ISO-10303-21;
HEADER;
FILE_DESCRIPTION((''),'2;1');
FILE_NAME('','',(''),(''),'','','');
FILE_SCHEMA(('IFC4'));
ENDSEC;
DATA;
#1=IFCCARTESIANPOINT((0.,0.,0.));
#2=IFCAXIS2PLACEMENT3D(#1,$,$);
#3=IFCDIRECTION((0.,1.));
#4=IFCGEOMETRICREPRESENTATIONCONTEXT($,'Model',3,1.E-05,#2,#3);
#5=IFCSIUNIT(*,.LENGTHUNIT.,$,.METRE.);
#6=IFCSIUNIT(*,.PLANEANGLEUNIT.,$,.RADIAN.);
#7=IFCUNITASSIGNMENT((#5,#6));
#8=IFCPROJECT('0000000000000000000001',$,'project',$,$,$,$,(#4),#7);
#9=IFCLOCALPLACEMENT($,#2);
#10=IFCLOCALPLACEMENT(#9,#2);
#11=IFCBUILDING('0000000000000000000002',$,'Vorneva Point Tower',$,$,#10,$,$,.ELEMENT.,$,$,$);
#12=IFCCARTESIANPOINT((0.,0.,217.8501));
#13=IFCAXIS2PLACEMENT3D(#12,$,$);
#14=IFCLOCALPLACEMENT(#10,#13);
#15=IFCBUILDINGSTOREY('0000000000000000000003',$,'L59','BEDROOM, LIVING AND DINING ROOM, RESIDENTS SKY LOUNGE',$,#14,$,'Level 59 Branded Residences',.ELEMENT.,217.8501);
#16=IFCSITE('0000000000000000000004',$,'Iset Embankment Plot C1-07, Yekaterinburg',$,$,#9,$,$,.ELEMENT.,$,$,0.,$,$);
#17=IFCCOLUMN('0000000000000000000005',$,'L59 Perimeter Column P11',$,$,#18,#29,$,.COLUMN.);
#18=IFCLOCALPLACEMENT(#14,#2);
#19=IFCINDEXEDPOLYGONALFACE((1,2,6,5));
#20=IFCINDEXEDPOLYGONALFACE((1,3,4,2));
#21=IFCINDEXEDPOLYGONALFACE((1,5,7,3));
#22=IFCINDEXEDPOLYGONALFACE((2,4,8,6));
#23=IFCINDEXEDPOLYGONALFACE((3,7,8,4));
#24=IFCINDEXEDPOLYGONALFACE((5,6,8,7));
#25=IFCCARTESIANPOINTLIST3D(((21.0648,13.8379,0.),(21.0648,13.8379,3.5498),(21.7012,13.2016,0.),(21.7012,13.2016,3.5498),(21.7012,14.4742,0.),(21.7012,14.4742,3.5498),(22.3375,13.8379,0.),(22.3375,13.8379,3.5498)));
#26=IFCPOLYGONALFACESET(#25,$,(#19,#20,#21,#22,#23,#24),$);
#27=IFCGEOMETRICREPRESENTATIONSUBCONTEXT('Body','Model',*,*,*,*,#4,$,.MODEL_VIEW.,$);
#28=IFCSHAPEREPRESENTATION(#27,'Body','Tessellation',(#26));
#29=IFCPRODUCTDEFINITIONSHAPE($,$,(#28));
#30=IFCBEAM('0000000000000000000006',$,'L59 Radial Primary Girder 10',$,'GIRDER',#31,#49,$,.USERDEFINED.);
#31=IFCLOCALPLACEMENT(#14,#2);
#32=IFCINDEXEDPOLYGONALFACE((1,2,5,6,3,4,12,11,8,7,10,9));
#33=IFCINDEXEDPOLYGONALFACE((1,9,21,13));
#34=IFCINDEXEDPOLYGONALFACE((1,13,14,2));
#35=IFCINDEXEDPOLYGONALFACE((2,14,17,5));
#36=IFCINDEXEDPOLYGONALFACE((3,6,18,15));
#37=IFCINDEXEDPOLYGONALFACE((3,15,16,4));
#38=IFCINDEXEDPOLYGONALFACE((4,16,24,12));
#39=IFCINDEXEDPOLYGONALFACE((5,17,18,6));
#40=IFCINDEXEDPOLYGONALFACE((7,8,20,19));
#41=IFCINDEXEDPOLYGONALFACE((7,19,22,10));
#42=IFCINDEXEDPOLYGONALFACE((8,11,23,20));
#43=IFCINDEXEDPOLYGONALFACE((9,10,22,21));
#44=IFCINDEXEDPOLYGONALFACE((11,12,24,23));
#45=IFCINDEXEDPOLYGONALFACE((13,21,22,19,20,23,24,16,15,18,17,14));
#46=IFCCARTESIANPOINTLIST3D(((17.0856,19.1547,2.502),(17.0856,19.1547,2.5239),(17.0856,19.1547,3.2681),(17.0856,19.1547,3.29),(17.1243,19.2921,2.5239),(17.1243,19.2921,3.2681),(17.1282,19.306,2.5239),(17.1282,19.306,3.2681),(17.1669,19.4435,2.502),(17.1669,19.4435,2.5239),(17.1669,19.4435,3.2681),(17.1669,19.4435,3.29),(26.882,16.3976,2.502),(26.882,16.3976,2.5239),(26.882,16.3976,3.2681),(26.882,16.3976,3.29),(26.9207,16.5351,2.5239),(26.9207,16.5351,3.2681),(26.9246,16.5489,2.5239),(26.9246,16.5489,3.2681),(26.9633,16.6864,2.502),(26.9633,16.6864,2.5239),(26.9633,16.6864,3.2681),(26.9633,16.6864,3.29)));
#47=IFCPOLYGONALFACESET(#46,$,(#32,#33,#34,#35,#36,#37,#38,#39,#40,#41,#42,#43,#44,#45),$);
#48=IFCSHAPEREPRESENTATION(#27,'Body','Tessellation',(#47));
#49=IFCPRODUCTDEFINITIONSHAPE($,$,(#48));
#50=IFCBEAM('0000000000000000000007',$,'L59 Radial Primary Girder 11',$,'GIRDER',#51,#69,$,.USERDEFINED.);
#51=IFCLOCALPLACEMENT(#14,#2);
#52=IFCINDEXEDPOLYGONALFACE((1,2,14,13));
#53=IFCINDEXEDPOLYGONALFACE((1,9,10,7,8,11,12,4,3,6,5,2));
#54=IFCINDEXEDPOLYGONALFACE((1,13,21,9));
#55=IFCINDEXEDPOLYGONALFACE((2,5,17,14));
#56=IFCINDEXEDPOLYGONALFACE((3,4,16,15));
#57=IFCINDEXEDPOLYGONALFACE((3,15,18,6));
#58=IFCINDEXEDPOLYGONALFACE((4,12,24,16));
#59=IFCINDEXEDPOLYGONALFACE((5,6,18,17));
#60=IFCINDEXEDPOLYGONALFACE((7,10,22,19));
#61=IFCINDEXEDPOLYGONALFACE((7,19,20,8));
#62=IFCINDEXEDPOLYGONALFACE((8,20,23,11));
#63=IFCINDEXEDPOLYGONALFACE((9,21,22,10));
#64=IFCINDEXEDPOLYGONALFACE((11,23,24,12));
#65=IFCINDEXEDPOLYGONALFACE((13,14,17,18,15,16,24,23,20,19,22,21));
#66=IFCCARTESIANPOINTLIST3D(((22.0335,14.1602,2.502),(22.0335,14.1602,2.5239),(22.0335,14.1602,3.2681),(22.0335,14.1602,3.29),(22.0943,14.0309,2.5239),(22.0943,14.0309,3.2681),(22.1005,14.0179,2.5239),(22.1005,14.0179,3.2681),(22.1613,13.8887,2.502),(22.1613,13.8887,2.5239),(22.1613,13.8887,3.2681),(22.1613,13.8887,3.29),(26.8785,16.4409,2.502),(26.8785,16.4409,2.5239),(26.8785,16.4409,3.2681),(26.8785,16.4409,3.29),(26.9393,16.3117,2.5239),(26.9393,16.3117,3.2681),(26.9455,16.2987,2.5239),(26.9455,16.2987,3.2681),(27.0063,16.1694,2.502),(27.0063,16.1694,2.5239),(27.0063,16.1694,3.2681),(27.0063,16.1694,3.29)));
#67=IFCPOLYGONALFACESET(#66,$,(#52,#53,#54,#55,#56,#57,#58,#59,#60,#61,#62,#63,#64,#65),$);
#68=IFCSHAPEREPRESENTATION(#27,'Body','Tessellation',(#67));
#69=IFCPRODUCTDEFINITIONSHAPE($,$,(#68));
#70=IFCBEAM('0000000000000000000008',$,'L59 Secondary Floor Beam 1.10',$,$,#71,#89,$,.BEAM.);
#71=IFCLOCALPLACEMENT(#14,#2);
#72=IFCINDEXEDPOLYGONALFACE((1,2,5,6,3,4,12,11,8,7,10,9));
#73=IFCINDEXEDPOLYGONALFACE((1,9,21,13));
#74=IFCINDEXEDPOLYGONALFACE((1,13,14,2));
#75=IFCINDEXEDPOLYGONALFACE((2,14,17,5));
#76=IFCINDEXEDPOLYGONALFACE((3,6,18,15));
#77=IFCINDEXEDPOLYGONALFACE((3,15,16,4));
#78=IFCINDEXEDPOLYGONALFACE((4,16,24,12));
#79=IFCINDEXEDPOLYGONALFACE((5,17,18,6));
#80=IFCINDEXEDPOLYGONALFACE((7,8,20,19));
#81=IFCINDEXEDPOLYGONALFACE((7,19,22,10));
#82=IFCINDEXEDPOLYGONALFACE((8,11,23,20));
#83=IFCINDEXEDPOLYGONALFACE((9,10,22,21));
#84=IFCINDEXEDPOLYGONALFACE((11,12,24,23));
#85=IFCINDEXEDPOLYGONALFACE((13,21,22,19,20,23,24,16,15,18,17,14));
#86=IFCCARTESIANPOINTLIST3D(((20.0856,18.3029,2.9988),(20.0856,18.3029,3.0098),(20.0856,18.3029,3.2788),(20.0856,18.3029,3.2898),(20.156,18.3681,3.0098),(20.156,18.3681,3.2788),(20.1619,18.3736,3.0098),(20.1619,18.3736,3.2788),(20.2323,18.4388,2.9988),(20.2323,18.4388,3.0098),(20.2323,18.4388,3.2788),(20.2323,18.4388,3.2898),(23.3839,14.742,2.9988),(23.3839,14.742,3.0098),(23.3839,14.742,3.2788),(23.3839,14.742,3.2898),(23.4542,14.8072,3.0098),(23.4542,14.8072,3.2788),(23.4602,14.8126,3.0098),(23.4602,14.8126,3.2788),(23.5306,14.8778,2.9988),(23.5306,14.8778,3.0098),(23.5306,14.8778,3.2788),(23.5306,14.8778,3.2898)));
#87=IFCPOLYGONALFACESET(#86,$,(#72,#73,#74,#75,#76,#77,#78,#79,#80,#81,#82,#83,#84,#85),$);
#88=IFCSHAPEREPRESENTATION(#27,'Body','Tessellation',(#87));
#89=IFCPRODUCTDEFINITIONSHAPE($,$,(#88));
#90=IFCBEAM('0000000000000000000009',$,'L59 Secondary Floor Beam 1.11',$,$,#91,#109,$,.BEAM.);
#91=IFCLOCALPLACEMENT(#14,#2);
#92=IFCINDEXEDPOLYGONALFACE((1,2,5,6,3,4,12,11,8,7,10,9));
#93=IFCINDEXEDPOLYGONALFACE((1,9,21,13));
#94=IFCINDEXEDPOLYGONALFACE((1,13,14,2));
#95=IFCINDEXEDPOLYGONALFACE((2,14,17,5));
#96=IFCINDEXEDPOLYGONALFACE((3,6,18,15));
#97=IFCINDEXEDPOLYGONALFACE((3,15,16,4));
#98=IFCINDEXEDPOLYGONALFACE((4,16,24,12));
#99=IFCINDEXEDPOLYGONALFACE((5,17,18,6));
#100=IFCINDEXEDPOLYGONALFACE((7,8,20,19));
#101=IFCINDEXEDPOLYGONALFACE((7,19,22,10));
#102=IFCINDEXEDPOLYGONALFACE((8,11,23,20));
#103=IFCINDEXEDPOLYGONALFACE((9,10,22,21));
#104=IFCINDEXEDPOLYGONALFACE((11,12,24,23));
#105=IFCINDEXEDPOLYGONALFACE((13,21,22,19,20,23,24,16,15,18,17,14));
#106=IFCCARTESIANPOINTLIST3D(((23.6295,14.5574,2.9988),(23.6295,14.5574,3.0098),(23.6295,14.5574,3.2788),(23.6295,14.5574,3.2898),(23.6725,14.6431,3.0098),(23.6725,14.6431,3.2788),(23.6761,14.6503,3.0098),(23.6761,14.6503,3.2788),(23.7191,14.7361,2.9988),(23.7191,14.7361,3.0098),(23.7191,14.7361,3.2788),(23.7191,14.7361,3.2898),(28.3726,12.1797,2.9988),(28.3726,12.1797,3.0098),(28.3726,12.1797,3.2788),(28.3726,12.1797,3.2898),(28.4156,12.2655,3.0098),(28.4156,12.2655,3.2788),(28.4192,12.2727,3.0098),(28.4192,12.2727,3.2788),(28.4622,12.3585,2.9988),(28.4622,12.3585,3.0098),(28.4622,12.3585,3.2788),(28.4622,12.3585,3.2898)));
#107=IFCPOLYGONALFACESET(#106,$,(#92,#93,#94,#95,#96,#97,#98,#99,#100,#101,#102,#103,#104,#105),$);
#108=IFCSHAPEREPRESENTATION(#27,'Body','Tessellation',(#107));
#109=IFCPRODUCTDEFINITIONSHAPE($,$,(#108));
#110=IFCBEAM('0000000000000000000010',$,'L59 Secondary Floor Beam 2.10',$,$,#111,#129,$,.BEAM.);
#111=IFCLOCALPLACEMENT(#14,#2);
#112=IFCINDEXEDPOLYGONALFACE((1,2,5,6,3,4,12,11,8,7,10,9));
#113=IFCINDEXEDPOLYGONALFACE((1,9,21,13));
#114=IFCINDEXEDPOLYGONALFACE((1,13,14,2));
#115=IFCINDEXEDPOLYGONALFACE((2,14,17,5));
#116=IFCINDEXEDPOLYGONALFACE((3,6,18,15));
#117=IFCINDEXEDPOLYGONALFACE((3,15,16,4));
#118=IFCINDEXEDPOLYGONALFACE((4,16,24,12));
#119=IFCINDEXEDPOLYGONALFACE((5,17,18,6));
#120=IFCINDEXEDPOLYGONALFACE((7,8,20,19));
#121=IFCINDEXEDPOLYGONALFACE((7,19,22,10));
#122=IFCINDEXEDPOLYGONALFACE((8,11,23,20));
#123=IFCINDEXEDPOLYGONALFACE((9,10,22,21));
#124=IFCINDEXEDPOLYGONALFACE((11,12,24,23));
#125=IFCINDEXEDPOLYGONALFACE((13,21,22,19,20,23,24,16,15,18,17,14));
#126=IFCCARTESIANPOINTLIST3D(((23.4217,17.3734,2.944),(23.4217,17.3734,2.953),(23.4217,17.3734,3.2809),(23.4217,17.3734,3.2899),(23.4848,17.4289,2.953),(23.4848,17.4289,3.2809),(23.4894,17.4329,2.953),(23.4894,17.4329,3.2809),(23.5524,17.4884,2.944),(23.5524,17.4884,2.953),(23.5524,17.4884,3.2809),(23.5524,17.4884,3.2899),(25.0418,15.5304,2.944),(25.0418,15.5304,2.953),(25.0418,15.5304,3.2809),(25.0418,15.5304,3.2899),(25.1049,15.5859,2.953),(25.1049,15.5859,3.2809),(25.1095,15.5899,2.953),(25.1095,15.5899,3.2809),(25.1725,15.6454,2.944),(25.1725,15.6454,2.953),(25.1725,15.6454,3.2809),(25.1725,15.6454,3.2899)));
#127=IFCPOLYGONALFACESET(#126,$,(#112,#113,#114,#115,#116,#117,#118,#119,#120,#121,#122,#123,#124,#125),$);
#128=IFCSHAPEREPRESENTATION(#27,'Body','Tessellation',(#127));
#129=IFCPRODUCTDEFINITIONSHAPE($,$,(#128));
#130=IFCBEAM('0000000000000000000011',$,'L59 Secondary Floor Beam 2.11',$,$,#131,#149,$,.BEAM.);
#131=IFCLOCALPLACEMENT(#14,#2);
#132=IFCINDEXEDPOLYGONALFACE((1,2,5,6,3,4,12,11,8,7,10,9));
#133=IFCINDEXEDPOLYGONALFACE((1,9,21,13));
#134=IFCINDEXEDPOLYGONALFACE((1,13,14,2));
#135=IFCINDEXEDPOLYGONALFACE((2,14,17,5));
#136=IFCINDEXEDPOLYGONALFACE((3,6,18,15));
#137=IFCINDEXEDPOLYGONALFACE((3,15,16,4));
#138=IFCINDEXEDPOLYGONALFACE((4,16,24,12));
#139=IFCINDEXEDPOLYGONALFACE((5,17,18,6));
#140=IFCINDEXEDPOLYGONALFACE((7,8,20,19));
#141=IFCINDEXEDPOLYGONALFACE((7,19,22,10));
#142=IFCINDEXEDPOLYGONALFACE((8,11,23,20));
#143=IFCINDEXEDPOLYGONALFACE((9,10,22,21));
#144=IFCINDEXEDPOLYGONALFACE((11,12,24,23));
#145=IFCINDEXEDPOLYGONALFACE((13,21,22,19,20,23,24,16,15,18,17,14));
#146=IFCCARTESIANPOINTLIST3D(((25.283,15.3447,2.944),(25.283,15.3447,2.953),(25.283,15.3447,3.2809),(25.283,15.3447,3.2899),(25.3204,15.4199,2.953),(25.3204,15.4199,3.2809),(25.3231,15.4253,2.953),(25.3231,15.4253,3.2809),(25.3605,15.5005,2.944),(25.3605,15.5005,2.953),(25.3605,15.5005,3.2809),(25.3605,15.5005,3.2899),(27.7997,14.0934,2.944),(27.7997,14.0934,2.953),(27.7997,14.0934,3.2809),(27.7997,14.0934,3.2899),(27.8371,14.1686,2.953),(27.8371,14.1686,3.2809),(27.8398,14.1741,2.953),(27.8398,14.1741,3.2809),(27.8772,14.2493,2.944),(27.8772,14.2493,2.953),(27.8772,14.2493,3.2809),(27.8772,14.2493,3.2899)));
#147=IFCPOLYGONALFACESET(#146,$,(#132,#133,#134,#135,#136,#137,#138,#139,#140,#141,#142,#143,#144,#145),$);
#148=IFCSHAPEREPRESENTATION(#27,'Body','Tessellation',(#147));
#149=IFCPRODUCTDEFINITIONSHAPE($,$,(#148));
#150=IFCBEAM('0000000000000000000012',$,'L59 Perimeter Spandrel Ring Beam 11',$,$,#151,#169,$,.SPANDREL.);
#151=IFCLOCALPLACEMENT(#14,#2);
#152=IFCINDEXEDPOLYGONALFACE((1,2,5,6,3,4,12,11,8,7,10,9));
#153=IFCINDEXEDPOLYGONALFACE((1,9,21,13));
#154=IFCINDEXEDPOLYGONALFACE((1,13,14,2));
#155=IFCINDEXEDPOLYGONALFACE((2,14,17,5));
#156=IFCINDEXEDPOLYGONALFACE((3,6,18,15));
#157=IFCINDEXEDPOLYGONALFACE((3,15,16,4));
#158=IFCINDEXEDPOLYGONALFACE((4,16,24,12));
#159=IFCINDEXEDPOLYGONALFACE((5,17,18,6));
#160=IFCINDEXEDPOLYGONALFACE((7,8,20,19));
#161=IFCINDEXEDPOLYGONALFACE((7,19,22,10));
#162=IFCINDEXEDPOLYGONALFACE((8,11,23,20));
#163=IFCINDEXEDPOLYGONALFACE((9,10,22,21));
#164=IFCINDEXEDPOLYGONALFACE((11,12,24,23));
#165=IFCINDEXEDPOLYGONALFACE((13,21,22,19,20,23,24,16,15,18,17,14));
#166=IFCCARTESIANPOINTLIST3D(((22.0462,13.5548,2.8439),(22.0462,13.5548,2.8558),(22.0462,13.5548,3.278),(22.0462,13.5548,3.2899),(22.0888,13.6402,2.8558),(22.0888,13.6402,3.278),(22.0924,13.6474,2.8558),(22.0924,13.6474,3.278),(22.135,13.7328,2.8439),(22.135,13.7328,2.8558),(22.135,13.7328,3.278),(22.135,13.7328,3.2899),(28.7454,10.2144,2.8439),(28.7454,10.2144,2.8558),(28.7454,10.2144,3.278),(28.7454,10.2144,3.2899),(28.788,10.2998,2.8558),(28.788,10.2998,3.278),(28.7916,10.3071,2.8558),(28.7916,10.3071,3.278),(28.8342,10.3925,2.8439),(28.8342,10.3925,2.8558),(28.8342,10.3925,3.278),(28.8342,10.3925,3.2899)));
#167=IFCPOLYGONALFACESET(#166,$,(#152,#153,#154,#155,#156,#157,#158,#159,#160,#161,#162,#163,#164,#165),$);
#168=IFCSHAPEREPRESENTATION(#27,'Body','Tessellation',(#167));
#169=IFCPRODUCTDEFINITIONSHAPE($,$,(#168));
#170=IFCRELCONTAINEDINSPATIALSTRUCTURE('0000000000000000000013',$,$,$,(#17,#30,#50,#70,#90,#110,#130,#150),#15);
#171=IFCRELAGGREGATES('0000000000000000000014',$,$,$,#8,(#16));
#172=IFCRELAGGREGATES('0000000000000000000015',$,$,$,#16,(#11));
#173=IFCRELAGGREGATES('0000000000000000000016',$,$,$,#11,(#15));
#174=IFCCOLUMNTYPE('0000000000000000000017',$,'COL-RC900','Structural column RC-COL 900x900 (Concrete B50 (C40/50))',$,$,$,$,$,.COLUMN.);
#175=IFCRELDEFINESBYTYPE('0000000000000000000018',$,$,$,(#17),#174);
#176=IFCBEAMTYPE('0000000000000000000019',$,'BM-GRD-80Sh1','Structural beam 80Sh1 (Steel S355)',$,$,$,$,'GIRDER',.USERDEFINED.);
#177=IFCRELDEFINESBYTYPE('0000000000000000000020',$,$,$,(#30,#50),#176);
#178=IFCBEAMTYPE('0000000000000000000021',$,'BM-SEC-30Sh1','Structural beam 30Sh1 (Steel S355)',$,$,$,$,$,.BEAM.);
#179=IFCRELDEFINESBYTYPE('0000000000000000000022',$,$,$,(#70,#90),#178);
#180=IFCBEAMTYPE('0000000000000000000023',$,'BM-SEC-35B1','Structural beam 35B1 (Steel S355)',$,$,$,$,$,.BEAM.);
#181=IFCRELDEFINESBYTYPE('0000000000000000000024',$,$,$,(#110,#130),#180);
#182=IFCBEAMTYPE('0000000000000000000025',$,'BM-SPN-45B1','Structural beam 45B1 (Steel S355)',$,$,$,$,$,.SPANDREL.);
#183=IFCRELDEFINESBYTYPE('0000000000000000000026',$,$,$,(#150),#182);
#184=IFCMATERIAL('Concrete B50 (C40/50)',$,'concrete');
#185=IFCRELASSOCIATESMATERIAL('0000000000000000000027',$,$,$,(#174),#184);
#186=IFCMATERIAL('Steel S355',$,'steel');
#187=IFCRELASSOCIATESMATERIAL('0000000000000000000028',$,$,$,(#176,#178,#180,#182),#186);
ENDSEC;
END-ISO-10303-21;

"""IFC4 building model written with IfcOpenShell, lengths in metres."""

from ifc_helpers import new_model, si_unit, direction, frame, origin, origin_2d, place, context, subcontext, project, spatial, rectangle, i_section, extrude, material, material_profile, profile_set, type_object, element, save


model = new_model("IFC4")

# Units and contexts
model_context = context("Model", 3, precision=1e-05, world=origin(), true_north=direction((0.0, 1.0)))
body_context = subcontext(model_context, "Body", "Model", "MODEL_VIEW")
ifc_project = project(units=[si_unit("LENGTHUNIT", "METRE"), si_unit("PLANEANGLEUNIT", "RADIAN")], contexts=[model_context])

# Site, building, storey
site_placement = place(None, origin())
site = spatial("IfcSite", under=ifc_project, at=site_placement, Name="Iset Embankment Plot C1-07, Yekaterinburg", CompositionType="ELEMENT", RefElevation=0.0)
building_placement = place(site_placement, origin())
building = spatial("IfcBuilding", under=site, at=building_placement, Name="Vorneva Point Tower", CompositionType="ELEMENT")
storey_placement = place(building_placement, frame((0.0, 0.0, 217.8501)))
storey = spatial("IfcBuildingStorey", under=building, at=storey_placement, Name="L59", Description="BEDROOM, LIVING AND DINING ROOM, RESIDENTS SKY LOUNGE", LongName="Level 59 Branded Residences", CompositionType="ELEMENT", Elevation=217.8501)

# Column
ifc_material_1 = material(Name="Concrete B50 (C40/50)", Category="concrete")
ifc_material_profile_1 = material_profile(ifc_material_1, rectangle(XDim=0.8999, YDim=0.8999, at=origin_2d()), Name="RC-COL 900x900")
ifc_profile_set_1 = profile_set([ifc_material_profile_1], Name="Concrete B50 (C40/50)")
column_type = type_object("IfcColumnType", Name="COL-RC900", Description="Structural column RC-COL 900x900 (Concrete B50 (C40/50))", PredefinedType="COLUMN", material=ifc_profile_set_1)
column_placement = place(storey_placement, frame((21.7012, 13.8379, 0.0), z_axis=(0.0, 0.0, 1.0), x_axis=(-0.707107, -0.707107, 0.0)))
element("IfcColumn", 1, at=column_placement, inside=storey, type_object=column_type, Name="L59 Perimeter Column P11", PredefinedType="COLUMN", context=body_context, shape_type="SweptSolid", body=[
    extrude(rectangle(XDim=0.8999, YDim=0.8999, at=origin_2d()), origin(), (0.0, 0.0, 1.0), 3.5498),
])

# Beams
ifc_material_2 = material(Name="Steel S355", Category="steel")
ifc_material_profile_2 = material_profile(ifc_material_2, i_section(OverallWidth=0.3, OverallDepth=0.7881, WebThickness=0.0144, FlangeThickness=0.022, at=origin_2d()), Name="80Sh1")
ifc_profile_set_2 = profile_set([ifc_material_profile_2], Name="Steel S355")
beam_type_1 = type_object("IfcBeamType", Name="BM-GRD-80Sh1", Description="Structural beam 80Sh1 (Steel S355)", ElementType="GIRDER", PredefinedType="USERDEFINED", material=ifc_profile_set_2)
beam_1_placement = place(storey_placement, frame((17.1262, 19.2991, 2.896), z_axis=(0.962604, -0.270914, 0.0), x_axis=(0.270914, 0.962604, 0.0)))
element("IfcBeam", 2, at=beam_1_placement, inside=storey, type_object=beam_type_1, Name="L59 Radial Primary Girder 10", ObjectType="GIRDER", PredefinedType="USERDEFINED", context=body_context, shape_type="SweptSolid", body=[
    extrude(i_section(OverallWidth=0.3, OverallDepth=0.7881, WebThickness=0.0144, FlangeThickness=0.022, at=origin_2d()), origin(), (0.0, 0.0, 1.0), 10.177),
])
beam_2_placement = place(storey_placement, frame((22.0974, 14.0244, 2.896), z_axis=(0.904763, 0.425916, 0.0), x_axis=(-0.425916, 0.904763, 0.0)))
element("IfcBeam", 3, at=beam_2_placement, inside=storey, type_object=beam_type_1, Name="L59 Radial Primary Girder 11", ObjectType="GIRDER", PredefinedType="USERDEFINED", context=body_context, shape_type="SweptSolid", body=[
    extrude(i_section(OverallWidth=0.3, OverallDepth=0.7881, WebThickness=0.0144, FlangeThickness=0.022, at=origin_2d()), origin(), (0.0, 0.0, 1.0), 5.355),
])
ifc_material_profile_3 = material_profile(ifc_material_2, i_section(OverallWidth=0.2, OverallDepth=0.291, WebThickness=0.0081, FlangeThickness=0.011, at=origin_2d()), Name="30Sh1")
ifc_profile_set_3 = profile_set([ifc_material_profile_3], Name="Steel S355")
beam_type_2 = type_object("IfcBeamType", Name="BM-SEC-30Sh1", Description="Structural beam 30Sh1 (Steel S355)", PredefinedType="BEAM", material=ifc_profile_set_3)
beam_3_placement = place(storey_placement, frame((20.1589, 18.3708, 3.1443), z_axis=(0.679528, -0.733649, 0.0), x_axis=(0.733649, 0.679528, 0.0)))
element("IfcBeam", 4, at=beam_3_placement, inside=storey, type_object=beam_type_2, Name="L59 Secondary Floor Beam 1.10", PredefinedType="BEAM", context=body_context, shape_type="SweptSolid", body=[
    extrude(i_section(OverallWidth=0.2, OverallDepth=0.291, WebThickness=0.0081, FlangeThickness=0.011, at=origin_2d()), origin(), (0.0, 0.0, 1.0), 4.8538),
])
beam_4_placement = place(storey_placement, frame((23.6743, 14.6467, 3.1443), z_axis=(0.893967, -0.448134, 0.0), x_axis=(0.448134, 0.893967, 0.0)))
element("IfcBeam", 5, at=beam_4_placement, inside=storey, type_object=beam_type_2, Name="L59 Secondary Floor Beam 1.11", PredefinedType="BEAM", context=body_context, shape_type="SweptSolid", body=[
    extrude(i_section(OverallWidth=0.2, OverallDepth=0.291, WebThickness=0.0081, FlangeThickness=0.011, at=origin_2d()), origin(), (0.0, 0.0, 1.0), 5.3057),
])
ifc_material_profile_4 = material_profile(ifc_material_2, i_section(OverallWidth=0.1741, OverallDepth=0.3459, WebThickness=0.0061, FlangeThickness=0.009, at=origin_2d()), Name="35B1")
ifc_profile_set_4 = profile_set([ifc_material_profile_4], Name="Steel S355")
beam_type_3 = type_object("IfcBeamType", Name="BM-SEC-35B1", Description="Structural beam 35B1 (Steel S355)", PredefinedType="BEAM", material=ifc_profile_set_4)
beam_5_placement = place(storey_placement, frame((23.4871, 17.4309, 3.1169), z_axis=(0.660229, -0.751065, 0.0), x_axis=(0.751065, 0.660229, 0.0)))
element("IfcBeam", 6, at=beam_5_placement, inside=storey, type_object=beam_type_3, Name="L59 Secondary Floor Beam 2.10", PredefinedType="BEAM", context=body_context, shape_type="SweptSolid", body=[
    extrude(i_section(OverallWidth=0.1741, OverallDepth=0.3459, WebThickness=0.0061, FlangeThickness=0.009, at=origin_2d()), origin(), (0.0, 0.0, 1.0), 2.4539),
])
beam_6_placement = place(storey_placement, frame((25.3218, 15.4226, 3.1169), z_axis=(0.895433, -0.445197, 0.0), x_axis=(0.445197, 0.895433, 0.0)))
element("IfcBeam", 7, at=beam_6_placement, inside=storey, type_object=beam_type_3, Name="L59 Secondary Floor Beam 2.11", PredefinedType="BEAM", context=body_context, shape_type="SweptSolid", body=[
    extrude(i_section(OverallWidth=0.1741, OverallDepth=0.3459, WebThickness=0.0061, FlangeThickness=0.009, at=origin_2d()), origin(), (0.0, 0.0, 1.0), 2.8105),
])
ifc_material_profile_5 = material_profile(ifc_material_2, i_section(OverallWidth=0.199, OverallDepth=0.446, WebThickness=0.0081, FlangeThickness=0.012, at=origin_2d()), Name="45B1")
ifc_profile_set_5 = profile_set([ifc_material_profile_5], Name="Steel S355")
beam_type_4 = type_object("IfcBeamType", Name="BM-SPN-45B1", Description="Structural beam 45B1 (Steel S355)", PredefinedType="SPANDREL", material=ifc_profile_set_5)
beam_7_placement = place(storey_placement, frame((22.0906, 13.6438, 3.0669), z_axis=(0.894922, -0.446222, 0.0), x_axis=(0.446222, 0.894922, 0.0)))
element("IfcBeam", 8, at=beam_7_placement, inside=storey, type_object=beam_type_4, Name="L59 Perimeter Spandrel Ring Beam 11", PredefinedType="SPANDREL", context=body_context, shape_type="SweptSolid", body=[
    extrude(i_section(OverallWidth=0.199, OverallDepth=0.446, WebThickness=0.0081, FlangeThickness=0.012, at=origin_2d()), origin(), (0.0, 0.0, 1.0), 7.4858),
])

save(model, "model.ifc")
